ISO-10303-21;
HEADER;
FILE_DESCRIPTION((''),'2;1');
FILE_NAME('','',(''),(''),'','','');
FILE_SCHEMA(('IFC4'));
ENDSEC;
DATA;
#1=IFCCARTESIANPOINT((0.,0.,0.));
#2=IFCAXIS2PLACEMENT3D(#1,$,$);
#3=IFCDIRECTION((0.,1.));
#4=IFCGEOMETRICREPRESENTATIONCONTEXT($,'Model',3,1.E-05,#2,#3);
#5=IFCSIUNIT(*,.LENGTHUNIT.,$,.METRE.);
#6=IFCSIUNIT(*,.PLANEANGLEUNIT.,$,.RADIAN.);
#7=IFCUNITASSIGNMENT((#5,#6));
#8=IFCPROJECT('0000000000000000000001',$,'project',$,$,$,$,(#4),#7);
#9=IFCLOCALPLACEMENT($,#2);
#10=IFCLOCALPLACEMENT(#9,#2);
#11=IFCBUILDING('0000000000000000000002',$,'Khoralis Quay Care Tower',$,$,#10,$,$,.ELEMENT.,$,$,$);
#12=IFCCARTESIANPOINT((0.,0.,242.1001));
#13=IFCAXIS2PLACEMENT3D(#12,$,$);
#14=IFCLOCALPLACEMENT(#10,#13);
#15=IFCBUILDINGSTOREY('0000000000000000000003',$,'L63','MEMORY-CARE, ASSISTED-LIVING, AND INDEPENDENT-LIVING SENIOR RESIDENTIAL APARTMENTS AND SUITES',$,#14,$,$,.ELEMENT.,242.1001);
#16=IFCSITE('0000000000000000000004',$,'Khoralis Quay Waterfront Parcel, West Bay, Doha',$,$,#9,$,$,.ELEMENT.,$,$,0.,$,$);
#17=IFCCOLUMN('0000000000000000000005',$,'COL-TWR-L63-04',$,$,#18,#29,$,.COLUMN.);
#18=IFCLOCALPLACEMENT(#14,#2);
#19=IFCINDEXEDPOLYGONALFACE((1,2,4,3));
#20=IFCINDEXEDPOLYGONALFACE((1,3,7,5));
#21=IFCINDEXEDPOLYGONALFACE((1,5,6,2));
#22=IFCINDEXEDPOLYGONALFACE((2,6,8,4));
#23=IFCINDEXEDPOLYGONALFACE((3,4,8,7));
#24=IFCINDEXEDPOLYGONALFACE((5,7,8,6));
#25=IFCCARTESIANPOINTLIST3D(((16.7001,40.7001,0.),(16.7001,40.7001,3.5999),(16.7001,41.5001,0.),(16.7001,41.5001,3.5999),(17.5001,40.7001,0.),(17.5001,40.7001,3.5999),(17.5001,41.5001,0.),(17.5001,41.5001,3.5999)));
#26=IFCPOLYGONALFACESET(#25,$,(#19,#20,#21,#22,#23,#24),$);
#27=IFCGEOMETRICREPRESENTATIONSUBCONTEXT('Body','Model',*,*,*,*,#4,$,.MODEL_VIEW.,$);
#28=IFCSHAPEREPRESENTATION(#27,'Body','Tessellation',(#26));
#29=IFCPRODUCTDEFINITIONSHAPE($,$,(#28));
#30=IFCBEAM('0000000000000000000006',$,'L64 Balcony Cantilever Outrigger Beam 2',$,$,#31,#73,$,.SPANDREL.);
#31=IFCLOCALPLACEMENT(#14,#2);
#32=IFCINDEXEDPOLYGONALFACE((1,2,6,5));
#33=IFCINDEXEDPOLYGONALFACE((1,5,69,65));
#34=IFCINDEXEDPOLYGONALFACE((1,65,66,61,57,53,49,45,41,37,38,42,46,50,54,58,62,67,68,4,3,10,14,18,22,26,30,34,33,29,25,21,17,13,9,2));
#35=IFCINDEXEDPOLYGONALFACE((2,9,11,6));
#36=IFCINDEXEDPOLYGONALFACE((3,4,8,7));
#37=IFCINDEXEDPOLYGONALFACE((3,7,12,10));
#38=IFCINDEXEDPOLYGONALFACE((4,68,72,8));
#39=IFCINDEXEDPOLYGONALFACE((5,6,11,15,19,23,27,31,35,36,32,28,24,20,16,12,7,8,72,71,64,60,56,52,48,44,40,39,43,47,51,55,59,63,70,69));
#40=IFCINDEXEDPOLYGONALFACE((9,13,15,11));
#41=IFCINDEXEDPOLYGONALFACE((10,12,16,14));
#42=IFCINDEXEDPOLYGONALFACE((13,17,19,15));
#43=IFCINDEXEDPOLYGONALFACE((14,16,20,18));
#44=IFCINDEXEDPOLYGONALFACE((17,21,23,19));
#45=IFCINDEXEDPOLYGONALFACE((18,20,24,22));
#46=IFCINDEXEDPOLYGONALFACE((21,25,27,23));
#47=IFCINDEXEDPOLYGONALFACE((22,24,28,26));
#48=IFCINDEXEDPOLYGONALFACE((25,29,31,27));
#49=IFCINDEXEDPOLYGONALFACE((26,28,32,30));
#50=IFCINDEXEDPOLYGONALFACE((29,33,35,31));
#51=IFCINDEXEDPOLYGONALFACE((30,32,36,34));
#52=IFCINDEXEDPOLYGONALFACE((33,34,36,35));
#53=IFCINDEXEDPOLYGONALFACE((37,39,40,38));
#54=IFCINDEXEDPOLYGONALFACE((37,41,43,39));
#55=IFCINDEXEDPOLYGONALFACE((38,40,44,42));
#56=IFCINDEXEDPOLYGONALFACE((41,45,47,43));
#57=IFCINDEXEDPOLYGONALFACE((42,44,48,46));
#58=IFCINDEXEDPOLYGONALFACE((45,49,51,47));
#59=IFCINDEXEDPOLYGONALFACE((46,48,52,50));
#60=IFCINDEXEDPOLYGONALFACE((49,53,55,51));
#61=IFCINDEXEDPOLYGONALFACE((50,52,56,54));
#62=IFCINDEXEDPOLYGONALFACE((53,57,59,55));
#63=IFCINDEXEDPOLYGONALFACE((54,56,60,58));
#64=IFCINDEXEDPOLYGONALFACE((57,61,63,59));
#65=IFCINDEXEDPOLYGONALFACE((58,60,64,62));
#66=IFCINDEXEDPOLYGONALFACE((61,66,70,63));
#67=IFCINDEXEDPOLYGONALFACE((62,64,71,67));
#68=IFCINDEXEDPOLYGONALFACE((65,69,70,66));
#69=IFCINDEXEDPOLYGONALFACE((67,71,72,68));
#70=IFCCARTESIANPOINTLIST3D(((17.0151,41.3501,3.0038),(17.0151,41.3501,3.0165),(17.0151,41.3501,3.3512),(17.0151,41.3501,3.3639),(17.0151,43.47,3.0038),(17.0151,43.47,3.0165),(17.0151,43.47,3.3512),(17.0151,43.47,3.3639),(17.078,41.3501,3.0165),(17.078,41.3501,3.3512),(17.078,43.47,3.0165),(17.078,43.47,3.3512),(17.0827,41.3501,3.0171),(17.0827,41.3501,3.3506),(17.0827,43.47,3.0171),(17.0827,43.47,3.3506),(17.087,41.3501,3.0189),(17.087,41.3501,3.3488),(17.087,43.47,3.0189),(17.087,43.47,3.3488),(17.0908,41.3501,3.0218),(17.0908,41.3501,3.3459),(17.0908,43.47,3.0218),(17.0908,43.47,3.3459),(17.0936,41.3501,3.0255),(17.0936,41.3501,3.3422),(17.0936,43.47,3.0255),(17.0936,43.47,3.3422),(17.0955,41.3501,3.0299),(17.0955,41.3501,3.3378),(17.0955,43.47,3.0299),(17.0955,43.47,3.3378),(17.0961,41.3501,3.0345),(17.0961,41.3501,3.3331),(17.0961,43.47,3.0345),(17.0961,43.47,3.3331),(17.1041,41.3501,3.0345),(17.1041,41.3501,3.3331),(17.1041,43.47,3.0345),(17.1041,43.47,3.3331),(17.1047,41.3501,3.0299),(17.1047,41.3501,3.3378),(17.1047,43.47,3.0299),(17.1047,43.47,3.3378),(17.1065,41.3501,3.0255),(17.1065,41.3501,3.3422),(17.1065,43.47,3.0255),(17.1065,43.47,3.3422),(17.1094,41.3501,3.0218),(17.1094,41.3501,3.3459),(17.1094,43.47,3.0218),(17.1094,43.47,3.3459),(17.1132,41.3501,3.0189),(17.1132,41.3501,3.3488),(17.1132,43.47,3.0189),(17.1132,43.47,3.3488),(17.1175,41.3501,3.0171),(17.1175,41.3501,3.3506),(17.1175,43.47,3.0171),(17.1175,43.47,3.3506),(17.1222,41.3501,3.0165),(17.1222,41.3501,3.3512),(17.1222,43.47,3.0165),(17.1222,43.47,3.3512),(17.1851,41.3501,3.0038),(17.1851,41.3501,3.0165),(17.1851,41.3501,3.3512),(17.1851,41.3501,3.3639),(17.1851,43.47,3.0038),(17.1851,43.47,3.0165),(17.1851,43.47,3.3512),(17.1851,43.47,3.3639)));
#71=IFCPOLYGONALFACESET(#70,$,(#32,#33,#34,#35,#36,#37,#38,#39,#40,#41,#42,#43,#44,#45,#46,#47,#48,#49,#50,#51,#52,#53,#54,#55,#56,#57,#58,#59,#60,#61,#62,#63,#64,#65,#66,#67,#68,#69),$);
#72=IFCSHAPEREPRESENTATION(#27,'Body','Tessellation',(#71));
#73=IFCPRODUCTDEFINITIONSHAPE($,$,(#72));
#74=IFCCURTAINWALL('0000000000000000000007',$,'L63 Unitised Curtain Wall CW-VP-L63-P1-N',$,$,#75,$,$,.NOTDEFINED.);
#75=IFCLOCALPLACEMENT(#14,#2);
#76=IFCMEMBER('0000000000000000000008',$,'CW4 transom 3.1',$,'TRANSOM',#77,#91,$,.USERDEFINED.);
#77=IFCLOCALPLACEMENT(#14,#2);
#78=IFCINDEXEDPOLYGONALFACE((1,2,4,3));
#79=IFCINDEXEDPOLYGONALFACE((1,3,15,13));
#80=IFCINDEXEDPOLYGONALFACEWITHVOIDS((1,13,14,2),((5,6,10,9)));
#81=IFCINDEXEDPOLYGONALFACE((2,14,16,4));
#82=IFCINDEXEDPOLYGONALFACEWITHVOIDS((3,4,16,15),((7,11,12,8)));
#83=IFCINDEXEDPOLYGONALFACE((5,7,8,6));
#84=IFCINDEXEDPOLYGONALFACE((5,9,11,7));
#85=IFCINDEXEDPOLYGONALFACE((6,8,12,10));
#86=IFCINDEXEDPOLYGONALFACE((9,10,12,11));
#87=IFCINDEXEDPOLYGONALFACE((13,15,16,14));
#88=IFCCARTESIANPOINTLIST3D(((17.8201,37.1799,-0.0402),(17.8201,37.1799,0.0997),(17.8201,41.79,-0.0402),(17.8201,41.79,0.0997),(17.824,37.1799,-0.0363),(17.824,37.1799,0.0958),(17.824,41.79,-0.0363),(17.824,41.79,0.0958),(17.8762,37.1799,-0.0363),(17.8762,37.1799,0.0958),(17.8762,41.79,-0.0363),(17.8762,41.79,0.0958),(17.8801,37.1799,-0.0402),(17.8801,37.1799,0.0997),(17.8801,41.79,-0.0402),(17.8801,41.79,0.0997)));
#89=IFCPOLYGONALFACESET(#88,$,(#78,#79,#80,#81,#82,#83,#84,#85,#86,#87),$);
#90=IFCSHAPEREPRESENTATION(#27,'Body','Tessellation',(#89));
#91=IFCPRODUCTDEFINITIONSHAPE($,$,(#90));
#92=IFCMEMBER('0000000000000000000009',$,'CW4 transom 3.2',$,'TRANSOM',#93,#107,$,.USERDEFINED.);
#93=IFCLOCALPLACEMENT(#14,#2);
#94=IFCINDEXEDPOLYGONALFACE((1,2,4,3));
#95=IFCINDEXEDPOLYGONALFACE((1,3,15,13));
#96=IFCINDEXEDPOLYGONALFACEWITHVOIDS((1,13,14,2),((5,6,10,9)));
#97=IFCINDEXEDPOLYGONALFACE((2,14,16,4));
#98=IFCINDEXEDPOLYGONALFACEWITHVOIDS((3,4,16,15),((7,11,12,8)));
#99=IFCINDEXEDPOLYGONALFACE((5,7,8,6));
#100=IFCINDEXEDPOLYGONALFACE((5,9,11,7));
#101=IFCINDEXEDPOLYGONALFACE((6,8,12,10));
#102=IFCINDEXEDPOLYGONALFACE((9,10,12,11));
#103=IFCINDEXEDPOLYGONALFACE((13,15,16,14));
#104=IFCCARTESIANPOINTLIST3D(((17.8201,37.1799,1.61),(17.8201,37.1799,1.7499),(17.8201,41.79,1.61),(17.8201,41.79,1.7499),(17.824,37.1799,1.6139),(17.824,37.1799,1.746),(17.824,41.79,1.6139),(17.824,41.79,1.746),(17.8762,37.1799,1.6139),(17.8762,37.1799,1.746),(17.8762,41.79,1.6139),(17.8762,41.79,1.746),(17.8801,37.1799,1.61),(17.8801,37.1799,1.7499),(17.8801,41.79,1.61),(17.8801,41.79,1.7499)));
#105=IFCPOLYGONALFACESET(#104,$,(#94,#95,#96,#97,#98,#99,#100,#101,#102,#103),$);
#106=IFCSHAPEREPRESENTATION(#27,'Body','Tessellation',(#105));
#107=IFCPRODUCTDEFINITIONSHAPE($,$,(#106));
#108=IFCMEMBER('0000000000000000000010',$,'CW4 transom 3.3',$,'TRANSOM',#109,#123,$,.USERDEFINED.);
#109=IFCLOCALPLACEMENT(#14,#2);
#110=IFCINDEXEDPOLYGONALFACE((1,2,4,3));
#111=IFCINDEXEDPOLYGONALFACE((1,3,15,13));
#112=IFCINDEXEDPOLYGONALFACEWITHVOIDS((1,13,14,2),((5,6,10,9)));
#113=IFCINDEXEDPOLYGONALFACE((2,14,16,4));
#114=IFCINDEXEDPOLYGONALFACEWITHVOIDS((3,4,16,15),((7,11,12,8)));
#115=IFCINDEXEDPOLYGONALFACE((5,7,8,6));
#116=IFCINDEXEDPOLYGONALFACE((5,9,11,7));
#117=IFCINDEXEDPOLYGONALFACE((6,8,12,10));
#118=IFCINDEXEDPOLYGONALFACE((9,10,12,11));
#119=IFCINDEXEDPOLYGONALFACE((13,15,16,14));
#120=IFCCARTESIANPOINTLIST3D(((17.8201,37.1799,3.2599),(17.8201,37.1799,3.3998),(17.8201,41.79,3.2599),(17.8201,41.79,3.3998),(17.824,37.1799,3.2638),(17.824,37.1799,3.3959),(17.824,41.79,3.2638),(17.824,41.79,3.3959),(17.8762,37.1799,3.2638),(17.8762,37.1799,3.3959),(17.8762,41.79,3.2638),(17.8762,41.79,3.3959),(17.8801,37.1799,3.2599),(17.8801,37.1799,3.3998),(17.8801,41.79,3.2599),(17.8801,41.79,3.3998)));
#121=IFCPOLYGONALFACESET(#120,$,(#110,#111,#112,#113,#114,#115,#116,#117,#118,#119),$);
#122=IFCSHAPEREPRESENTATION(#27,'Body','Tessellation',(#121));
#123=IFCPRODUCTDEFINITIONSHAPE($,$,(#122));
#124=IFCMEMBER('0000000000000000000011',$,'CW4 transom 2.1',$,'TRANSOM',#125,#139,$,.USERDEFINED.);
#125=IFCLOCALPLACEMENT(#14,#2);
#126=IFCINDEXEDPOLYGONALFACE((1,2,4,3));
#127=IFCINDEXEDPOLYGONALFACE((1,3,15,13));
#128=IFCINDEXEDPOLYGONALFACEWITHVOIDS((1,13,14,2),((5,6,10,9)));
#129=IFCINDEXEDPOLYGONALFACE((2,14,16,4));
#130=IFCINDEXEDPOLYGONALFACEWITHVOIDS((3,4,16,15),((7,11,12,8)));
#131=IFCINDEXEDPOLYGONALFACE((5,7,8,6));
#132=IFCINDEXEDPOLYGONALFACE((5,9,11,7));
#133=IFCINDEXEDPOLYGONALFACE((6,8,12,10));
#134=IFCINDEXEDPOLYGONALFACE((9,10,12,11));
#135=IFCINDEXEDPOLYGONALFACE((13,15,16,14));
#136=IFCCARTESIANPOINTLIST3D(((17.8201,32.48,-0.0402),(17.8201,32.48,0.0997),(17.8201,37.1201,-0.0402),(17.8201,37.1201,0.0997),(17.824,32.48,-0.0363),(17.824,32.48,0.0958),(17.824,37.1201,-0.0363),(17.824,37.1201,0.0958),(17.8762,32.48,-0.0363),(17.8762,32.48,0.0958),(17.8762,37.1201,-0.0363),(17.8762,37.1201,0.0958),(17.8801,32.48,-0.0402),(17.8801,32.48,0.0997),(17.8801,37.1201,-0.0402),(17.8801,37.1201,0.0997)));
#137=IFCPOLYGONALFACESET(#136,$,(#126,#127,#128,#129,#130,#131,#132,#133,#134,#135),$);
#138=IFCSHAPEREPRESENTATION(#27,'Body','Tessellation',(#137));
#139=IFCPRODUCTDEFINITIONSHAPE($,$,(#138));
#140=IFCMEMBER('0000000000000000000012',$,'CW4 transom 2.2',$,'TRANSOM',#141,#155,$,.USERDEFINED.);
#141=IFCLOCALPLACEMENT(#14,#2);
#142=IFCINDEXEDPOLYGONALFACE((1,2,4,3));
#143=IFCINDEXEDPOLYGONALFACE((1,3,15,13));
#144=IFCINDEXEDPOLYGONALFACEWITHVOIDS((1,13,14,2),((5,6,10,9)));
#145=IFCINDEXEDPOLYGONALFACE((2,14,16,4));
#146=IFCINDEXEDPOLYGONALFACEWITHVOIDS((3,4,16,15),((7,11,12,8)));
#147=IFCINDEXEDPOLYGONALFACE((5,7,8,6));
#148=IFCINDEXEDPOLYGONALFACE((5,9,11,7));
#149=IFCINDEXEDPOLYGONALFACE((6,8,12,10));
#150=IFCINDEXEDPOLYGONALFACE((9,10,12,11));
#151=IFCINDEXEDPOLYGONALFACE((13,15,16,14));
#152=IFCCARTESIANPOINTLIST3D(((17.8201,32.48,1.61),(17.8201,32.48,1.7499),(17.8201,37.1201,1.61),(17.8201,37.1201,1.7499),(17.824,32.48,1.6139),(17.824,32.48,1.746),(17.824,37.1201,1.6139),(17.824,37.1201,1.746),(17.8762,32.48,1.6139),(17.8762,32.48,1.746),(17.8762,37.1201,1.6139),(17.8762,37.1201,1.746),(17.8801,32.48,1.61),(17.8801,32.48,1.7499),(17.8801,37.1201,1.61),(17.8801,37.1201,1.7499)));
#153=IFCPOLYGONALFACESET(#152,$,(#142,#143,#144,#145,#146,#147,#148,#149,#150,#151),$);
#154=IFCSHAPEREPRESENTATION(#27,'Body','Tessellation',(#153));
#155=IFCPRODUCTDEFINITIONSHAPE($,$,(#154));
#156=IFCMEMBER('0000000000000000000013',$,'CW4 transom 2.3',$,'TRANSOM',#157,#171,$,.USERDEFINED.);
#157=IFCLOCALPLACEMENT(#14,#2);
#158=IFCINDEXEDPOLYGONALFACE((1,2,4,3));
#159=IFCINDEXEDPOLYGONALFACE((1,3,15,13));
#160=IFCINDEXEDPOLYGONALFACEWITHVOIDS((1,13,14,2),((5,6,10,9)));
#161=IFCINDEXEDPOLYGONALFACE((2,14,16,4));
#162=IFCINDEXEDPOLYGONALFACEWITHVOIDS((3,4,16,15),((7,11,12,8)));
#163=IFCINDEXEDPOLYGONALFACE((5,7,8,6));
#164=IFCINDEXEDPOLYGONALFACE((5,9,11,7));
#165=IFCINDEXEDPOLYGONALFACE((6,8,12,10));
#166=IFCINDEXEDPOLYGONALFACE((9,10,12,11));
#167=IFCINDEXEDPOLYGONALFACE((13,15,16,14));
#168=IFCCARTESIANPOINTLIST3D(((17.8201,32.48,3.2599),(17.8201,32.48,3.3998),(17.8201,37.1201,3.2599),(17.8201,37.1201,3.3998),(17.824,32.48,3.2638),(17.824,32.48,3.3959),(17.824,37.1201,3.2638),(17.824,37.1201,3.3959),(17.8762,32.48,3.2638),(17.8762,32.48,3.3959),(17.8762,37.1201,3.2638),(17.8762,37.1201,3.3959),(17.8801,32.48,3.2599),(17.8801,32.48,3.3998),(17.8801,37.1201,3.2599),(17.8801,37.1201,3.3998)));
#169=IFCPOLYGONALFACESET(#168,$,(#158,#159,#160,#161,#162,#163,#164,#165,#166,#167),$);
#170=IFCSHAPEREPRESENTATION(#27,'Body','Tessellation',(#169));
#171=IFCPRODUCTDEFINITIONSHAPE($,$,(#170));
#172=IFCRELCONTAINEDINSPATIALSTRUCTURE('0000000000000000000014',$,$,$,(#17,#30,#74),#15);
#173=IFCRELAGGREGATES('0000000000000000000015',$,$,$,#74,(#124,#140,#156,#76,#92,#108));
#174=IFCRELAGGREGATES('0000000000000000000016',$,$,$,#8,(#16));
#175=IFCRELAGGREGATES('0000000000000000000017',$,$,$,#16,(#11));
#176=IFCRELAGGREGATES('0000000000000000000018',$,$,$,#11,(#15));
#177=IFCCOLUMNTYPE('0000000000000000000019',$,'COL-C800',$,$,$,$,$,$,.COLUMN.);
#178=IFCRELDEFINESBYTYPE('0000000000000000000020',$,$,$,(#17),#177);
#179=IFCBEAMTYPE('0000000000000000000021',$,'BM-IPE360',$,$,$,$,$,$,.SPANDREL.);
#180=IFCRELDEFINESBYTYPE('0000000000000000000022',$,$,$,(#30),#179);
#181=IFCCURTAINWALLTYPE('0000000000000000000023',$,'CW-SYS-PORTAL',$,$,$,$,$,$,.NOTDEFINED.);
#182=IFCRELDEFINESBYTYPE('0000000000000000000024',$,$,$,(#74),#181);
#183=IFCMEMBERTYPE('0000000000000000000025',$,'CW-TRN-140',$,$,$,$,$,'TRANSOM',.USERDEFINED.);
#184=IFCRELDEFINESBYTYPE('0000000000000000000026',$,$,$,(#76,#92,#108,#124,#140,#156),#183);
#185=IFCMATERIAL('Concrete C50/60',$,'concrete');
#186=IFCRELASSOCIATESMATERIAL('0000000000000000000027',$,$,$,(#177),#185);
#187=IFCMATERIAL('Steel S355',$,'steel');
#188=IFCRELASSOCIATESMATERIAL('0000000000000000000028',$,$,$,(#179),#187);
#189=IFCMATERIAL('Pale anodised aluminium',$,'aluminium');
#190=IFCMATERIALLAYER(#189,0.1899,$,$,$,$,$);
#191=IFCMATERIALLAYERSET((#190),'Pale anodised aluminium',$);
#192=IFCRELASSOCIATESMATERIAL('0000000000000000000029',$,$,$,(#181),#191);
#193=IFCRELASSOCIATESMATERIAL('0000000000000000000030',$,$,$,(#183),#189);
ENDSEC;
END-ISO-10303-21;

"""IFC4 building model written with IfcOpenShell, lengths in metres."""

from ifc_helpers import new_model, si_unit, direction, frame, origin, origin_2d, place, context, subcontext, project, spatial, rectangle, hollow_rectangle, i_section, extrude, source, transform, mapped, material, layer, layer_set, material_profile, profile_set, type_object, element, aggregate, save


model = new_model("IFC4")

# Units and contexts
model_context = context("Model", 3, precision=1e-05, world=origin(), true_north=direction((0.0, 1.0)))
body_context = subcontext(model_context, "Body", "Model", "MODEL_VIEW")
ifc_project = project(units=[si_unit("LENGTHUNIT", "METRE"), si_unit("PLANEANGLEUNIT", "RADIAN")], contexts=[model_context])

# Site, building, storey
site_placement = place(None, origin())
site = spatial("IfcSite", under=ifc_project, at=site_placement, Name="Khoralis Quay Waterfront Parcel, West Bay, Doha", CompositionType="ELEMENT", RefElevation=0.0)
building_placement = place(site_placement, origin())
building = spatial("IfcBuilding", under=site, at=building_placement, Name="Khoralis Quay Care Tower", CompositionType="ELEMENT")
storey_placement = place(building_placement, frame((0.0, 0.0, 242.1001)))
storey = spatial("IfcBuildingStorey", under=building, at=storey_placement, Name="L63", Description="MEMORY-CARE, ASSISTED-LIVING, AND INDEPENDENT-LIVING SENIOR RESIDENTIAL APARTMENTS AND SUITES", CompositionType="ELEMENT", Elevation=242.1001)

# Column
ifc_material_1 = material(Name="Concrete C50/60", Category="concrete")
ifc_material_profile_1 = material_profile(ifc_material_1, rectangle(XDim=0.8, YDim=0.8, at=origin_2d()), Name="Concrete C50/60")
ifc_profile_set_1 = profile_set([ifc_material_profile_1], Name="Concrete C50/60")
column_type = type_object("IfcColumnType", Name="COL-C800", PredefinedType="COLUMN", material=ifc_profile_set_1)
shared_shape_1 = source(origin(), body_context, "Body", "SweptSolid", [
    extrude(rectangle(XDim=0.8, YDim=0.8, at=origin_2d()), origin(), (0.0, 0.0, 1.0), 3.5999),
])
column_placement = place(storey_placement, frame((17.1001, 41.1001, 0.0), z_axis=(0.0, 0.0, 1.0), x_axis=(1.0, 0.0, 0.0)))
element("IfcColumn", 1, at=column_placement, inside=storey, type_object=column_type, Name="COL-TWR-L63-04", PredefinedType="COLUMN", context=body_context, shape_type="MappedRepresentation", body=[
    mapped(shared_shape_1, transform((0.0, 0.0, 0.0), scale=1.0)),
])

# Beam
ifc_material_2 = material(Name="Steel S355", Category="steel")
ifc_material_profile_2 = material_profile(ifc_material_2, i_section(OverallWidth=0.1699, OverallDepth=0.3601, WebThickness=0.0081, FlangeThickness=0.0127, FilletRadius=0.0181, at=origin_2d()), Name="Steel S355")
ifc_profile_set_2 = profile_set([ifc_material_profile_2], Name="Steel S355")
beam_type = type_object("IfcBeamType", Name="BM-IPE360", PredefinedType="SPANDREL", material=ifc_profile_set_2)
shared_shape_2 = source(origin(), body_context, "Body", "SweptSolid", [
    extrude(i_section(OverallWidth=0.1699, OverallDepth=0.3601, WebThickness=0.0081, FlangeThickness=0.0127, FilletRadius=0.0181, at=origin_2d()), origin(), (0.0, 0.0, 1.0), 2.1199),
])
beam_1_placement = place(storey_placement, frame((17.1001, 41.3501, 3.1838), z_axis=(0.0, 1.0, 0.0), x_axis=(-1.0, 0.0, 0.0)))
element("IfcBeam", 2, at=beam_1_placement, inside=storey, type_object=beam_type, Name="L64 Balcony Cantilever Outrigger Beam 2", PredefinedType="SPANDREL", context=body_context, shape_type="MappedRepresentation", body=[
    mapped(shared_shape_2, transform((0.0, 0.0, 0.0), scale=1.0)),
])

# Curtain wall, members
ifc_material_3 = material(Name="Pale anodised aluminium", Category="aluminium")
ifc_layer_1 = layer(ifc_material_3, 0.1899)
ifc_layer_set_1 = layer_set([ifc_layer_1], Name="Pale anodised aluminium")
curtain_wall_type = type_object("IfcCurtainWallType", Name="CW-SYS-PORTAL", PredefinedType="NOTDEFINED", material=ifc_layer_set_1)
curtain_wall_placement = place(storey_placement, origin())
curtain_wall = element("IfcCurtainWall", 3, at=curtain_wall_placement, inside=storey, type_object=curtain_wall_type, Name="L63 Unitised Curtain Wall CW-VP-L63-P1-N", PredefinedType="NOTDEFINED")
ifc_material_profile_3 = material_profile(ifc_material_3, hollow_rectangle(XDim=0.0601, YDim=0.1399, WallThickness=0.0039, at=origin_2d()), Name="Pale anodised aluminium")
ifc_profile_set_3 = profile_set([ifc_material_profile_3], Name="Pale anodised aluminium")
member_type_1 = type_object("IfcMemberType", Name="CW-TRN-140", ElementType="TRANSOM", PredefinedType="USERDEFINED", material=ifc_profile_set_3)
shared_shape_3 = source(origin(), body_context, "Body", "SweptSolid", [
    extrude(hollow_rectangle(XDim=0.0601, YDim=0.1399, WallThickness=0.0039, at=origin_2d()), origin(), (0.0, 0.0, 1.0), 4.6101),
])
member_1_placement = place(storey_placement, frame((17.8501, 37.1799, 0.0298), z_axis=(0.0, 1.0, 0.0), x_axis=(-1.0, 0.0, 0.0)))
member_1 = element("IfcMember", 4, at=member_1_placement, type_object=member_type_1, Name="CW4 transom 3.1", ObjectType="TRANSOM", PredefinedType="USERDEFINED", context=body_context, shape_type="MappedRepresentation", body=[
    mapped(shared_shape_3, transform((0.0, 0.0, 0.0), scale=1.0)),
])
member_2_placement = place(storey_placement, frame((17.8501, 37.1799, 1.6799), z_axis=(0.0, 1.0, 0.0), x_axis=(-1.0, 0.0, 0.0)))
member_2 = element("IfcMember", 5, at=member_2_placement, type_object=member_type_1, Name="CW4 transom 3.2", ObjectType="TRANSOM", PredefinedType="USERDEFINED", context=body_context, shape_type="MappedRepresentation", body=[
    mapped(shared_shape_3, transform((0.0, 0.0, 0.0), scale=1.0)),
])
member_3_placement = place(storey_placement, frame((17.8501, 37.1799, 3.3298), z_axis=(0.0, 1.0, 0.0), x_axis=(-1.0, 0.0, 0.0)))
member_3 = element("IfcMember", 6, at=member_3_placement, type_object=member_type_1, Name="CW4 transom 3.3", ObjectType="TRANSOM", PredefinedType="USERDEFINED", context=body_context, shape_type="MappedRepresentation", body=[
    mapped(shared_shape_3, transform((0.0, 0.0, 0.0), scale=1.0)),
])
shared_shape_4 = source(origin(), body_context, "Body", "SweptSolid", [
    extrude(hollow_rectangle(XDim=0.0601, YDim=0.1399, WallThickness=0.0039, at=origin_2d()), origin(), (0.0, 0.0, 1.0), 4.6401),
])
member_4_placement = place(storey_placement, frame((17.8501, 32.48, 0.0298), z_axis=(0.0, 1.0, 0.0), x_axis=(-1.0, 0.0, 0.0)))
member_4 = element("IfcMember", 7, at=member_4_placement, type_object=member_type_1, Name="CW4 transom 2.1", ObjectType="TRANSOM", PredefinedType="USERDEFINED", context=body_context, shape_type="MappedRepresentation", body=[
    mapped(shared_shape_4, transform((0.0, 0.0, 0.0), scale=1.0)),
])
member_5_placement = place(storey_placement, frame((17.8501, 32.48, 1.6799), z_axis=(0.0, 1.0, 0.0), x_axis=(-1.0, 0.0, 0.0)))
member_5 = element("IfcMember", 8, at=member_5_placement, type_object=member_type_1, Name="CW4 transom 2.2", ObjectType="TRANSOM", PredefinedType="USERDEFINED", context=body_context, shape_type="MappedRepresentation", body=[
    mapped(shared_shape_4, transform((0.0, 0.0, 0.0), scale=1.0)),
])
member_6_placement = place(storey_placement, frame((17.8501, 32.48, 3.3298), z_axis=(0.0, 1.0, 0.0), x_axis=(-1.0, 0.0, 0.0)))
member_6 = element("IfcMember", 9, at=member_6_placement, type_object=member_type_1, Name="CW4 transom 2.3", ObjectType="TRANSOM", PredefinedType="USERDEFINED", context=body_context, shape_type="MappedRepresentation", body=[
    mapped(shared_shape_4, transform((0.0, 0.0, 0.0), scale=1.0)),
])

aggregate(curtain_wall, [member_4, member_5, member_6, member_1, member_2, member_3])

save(model, "model.ifc")
